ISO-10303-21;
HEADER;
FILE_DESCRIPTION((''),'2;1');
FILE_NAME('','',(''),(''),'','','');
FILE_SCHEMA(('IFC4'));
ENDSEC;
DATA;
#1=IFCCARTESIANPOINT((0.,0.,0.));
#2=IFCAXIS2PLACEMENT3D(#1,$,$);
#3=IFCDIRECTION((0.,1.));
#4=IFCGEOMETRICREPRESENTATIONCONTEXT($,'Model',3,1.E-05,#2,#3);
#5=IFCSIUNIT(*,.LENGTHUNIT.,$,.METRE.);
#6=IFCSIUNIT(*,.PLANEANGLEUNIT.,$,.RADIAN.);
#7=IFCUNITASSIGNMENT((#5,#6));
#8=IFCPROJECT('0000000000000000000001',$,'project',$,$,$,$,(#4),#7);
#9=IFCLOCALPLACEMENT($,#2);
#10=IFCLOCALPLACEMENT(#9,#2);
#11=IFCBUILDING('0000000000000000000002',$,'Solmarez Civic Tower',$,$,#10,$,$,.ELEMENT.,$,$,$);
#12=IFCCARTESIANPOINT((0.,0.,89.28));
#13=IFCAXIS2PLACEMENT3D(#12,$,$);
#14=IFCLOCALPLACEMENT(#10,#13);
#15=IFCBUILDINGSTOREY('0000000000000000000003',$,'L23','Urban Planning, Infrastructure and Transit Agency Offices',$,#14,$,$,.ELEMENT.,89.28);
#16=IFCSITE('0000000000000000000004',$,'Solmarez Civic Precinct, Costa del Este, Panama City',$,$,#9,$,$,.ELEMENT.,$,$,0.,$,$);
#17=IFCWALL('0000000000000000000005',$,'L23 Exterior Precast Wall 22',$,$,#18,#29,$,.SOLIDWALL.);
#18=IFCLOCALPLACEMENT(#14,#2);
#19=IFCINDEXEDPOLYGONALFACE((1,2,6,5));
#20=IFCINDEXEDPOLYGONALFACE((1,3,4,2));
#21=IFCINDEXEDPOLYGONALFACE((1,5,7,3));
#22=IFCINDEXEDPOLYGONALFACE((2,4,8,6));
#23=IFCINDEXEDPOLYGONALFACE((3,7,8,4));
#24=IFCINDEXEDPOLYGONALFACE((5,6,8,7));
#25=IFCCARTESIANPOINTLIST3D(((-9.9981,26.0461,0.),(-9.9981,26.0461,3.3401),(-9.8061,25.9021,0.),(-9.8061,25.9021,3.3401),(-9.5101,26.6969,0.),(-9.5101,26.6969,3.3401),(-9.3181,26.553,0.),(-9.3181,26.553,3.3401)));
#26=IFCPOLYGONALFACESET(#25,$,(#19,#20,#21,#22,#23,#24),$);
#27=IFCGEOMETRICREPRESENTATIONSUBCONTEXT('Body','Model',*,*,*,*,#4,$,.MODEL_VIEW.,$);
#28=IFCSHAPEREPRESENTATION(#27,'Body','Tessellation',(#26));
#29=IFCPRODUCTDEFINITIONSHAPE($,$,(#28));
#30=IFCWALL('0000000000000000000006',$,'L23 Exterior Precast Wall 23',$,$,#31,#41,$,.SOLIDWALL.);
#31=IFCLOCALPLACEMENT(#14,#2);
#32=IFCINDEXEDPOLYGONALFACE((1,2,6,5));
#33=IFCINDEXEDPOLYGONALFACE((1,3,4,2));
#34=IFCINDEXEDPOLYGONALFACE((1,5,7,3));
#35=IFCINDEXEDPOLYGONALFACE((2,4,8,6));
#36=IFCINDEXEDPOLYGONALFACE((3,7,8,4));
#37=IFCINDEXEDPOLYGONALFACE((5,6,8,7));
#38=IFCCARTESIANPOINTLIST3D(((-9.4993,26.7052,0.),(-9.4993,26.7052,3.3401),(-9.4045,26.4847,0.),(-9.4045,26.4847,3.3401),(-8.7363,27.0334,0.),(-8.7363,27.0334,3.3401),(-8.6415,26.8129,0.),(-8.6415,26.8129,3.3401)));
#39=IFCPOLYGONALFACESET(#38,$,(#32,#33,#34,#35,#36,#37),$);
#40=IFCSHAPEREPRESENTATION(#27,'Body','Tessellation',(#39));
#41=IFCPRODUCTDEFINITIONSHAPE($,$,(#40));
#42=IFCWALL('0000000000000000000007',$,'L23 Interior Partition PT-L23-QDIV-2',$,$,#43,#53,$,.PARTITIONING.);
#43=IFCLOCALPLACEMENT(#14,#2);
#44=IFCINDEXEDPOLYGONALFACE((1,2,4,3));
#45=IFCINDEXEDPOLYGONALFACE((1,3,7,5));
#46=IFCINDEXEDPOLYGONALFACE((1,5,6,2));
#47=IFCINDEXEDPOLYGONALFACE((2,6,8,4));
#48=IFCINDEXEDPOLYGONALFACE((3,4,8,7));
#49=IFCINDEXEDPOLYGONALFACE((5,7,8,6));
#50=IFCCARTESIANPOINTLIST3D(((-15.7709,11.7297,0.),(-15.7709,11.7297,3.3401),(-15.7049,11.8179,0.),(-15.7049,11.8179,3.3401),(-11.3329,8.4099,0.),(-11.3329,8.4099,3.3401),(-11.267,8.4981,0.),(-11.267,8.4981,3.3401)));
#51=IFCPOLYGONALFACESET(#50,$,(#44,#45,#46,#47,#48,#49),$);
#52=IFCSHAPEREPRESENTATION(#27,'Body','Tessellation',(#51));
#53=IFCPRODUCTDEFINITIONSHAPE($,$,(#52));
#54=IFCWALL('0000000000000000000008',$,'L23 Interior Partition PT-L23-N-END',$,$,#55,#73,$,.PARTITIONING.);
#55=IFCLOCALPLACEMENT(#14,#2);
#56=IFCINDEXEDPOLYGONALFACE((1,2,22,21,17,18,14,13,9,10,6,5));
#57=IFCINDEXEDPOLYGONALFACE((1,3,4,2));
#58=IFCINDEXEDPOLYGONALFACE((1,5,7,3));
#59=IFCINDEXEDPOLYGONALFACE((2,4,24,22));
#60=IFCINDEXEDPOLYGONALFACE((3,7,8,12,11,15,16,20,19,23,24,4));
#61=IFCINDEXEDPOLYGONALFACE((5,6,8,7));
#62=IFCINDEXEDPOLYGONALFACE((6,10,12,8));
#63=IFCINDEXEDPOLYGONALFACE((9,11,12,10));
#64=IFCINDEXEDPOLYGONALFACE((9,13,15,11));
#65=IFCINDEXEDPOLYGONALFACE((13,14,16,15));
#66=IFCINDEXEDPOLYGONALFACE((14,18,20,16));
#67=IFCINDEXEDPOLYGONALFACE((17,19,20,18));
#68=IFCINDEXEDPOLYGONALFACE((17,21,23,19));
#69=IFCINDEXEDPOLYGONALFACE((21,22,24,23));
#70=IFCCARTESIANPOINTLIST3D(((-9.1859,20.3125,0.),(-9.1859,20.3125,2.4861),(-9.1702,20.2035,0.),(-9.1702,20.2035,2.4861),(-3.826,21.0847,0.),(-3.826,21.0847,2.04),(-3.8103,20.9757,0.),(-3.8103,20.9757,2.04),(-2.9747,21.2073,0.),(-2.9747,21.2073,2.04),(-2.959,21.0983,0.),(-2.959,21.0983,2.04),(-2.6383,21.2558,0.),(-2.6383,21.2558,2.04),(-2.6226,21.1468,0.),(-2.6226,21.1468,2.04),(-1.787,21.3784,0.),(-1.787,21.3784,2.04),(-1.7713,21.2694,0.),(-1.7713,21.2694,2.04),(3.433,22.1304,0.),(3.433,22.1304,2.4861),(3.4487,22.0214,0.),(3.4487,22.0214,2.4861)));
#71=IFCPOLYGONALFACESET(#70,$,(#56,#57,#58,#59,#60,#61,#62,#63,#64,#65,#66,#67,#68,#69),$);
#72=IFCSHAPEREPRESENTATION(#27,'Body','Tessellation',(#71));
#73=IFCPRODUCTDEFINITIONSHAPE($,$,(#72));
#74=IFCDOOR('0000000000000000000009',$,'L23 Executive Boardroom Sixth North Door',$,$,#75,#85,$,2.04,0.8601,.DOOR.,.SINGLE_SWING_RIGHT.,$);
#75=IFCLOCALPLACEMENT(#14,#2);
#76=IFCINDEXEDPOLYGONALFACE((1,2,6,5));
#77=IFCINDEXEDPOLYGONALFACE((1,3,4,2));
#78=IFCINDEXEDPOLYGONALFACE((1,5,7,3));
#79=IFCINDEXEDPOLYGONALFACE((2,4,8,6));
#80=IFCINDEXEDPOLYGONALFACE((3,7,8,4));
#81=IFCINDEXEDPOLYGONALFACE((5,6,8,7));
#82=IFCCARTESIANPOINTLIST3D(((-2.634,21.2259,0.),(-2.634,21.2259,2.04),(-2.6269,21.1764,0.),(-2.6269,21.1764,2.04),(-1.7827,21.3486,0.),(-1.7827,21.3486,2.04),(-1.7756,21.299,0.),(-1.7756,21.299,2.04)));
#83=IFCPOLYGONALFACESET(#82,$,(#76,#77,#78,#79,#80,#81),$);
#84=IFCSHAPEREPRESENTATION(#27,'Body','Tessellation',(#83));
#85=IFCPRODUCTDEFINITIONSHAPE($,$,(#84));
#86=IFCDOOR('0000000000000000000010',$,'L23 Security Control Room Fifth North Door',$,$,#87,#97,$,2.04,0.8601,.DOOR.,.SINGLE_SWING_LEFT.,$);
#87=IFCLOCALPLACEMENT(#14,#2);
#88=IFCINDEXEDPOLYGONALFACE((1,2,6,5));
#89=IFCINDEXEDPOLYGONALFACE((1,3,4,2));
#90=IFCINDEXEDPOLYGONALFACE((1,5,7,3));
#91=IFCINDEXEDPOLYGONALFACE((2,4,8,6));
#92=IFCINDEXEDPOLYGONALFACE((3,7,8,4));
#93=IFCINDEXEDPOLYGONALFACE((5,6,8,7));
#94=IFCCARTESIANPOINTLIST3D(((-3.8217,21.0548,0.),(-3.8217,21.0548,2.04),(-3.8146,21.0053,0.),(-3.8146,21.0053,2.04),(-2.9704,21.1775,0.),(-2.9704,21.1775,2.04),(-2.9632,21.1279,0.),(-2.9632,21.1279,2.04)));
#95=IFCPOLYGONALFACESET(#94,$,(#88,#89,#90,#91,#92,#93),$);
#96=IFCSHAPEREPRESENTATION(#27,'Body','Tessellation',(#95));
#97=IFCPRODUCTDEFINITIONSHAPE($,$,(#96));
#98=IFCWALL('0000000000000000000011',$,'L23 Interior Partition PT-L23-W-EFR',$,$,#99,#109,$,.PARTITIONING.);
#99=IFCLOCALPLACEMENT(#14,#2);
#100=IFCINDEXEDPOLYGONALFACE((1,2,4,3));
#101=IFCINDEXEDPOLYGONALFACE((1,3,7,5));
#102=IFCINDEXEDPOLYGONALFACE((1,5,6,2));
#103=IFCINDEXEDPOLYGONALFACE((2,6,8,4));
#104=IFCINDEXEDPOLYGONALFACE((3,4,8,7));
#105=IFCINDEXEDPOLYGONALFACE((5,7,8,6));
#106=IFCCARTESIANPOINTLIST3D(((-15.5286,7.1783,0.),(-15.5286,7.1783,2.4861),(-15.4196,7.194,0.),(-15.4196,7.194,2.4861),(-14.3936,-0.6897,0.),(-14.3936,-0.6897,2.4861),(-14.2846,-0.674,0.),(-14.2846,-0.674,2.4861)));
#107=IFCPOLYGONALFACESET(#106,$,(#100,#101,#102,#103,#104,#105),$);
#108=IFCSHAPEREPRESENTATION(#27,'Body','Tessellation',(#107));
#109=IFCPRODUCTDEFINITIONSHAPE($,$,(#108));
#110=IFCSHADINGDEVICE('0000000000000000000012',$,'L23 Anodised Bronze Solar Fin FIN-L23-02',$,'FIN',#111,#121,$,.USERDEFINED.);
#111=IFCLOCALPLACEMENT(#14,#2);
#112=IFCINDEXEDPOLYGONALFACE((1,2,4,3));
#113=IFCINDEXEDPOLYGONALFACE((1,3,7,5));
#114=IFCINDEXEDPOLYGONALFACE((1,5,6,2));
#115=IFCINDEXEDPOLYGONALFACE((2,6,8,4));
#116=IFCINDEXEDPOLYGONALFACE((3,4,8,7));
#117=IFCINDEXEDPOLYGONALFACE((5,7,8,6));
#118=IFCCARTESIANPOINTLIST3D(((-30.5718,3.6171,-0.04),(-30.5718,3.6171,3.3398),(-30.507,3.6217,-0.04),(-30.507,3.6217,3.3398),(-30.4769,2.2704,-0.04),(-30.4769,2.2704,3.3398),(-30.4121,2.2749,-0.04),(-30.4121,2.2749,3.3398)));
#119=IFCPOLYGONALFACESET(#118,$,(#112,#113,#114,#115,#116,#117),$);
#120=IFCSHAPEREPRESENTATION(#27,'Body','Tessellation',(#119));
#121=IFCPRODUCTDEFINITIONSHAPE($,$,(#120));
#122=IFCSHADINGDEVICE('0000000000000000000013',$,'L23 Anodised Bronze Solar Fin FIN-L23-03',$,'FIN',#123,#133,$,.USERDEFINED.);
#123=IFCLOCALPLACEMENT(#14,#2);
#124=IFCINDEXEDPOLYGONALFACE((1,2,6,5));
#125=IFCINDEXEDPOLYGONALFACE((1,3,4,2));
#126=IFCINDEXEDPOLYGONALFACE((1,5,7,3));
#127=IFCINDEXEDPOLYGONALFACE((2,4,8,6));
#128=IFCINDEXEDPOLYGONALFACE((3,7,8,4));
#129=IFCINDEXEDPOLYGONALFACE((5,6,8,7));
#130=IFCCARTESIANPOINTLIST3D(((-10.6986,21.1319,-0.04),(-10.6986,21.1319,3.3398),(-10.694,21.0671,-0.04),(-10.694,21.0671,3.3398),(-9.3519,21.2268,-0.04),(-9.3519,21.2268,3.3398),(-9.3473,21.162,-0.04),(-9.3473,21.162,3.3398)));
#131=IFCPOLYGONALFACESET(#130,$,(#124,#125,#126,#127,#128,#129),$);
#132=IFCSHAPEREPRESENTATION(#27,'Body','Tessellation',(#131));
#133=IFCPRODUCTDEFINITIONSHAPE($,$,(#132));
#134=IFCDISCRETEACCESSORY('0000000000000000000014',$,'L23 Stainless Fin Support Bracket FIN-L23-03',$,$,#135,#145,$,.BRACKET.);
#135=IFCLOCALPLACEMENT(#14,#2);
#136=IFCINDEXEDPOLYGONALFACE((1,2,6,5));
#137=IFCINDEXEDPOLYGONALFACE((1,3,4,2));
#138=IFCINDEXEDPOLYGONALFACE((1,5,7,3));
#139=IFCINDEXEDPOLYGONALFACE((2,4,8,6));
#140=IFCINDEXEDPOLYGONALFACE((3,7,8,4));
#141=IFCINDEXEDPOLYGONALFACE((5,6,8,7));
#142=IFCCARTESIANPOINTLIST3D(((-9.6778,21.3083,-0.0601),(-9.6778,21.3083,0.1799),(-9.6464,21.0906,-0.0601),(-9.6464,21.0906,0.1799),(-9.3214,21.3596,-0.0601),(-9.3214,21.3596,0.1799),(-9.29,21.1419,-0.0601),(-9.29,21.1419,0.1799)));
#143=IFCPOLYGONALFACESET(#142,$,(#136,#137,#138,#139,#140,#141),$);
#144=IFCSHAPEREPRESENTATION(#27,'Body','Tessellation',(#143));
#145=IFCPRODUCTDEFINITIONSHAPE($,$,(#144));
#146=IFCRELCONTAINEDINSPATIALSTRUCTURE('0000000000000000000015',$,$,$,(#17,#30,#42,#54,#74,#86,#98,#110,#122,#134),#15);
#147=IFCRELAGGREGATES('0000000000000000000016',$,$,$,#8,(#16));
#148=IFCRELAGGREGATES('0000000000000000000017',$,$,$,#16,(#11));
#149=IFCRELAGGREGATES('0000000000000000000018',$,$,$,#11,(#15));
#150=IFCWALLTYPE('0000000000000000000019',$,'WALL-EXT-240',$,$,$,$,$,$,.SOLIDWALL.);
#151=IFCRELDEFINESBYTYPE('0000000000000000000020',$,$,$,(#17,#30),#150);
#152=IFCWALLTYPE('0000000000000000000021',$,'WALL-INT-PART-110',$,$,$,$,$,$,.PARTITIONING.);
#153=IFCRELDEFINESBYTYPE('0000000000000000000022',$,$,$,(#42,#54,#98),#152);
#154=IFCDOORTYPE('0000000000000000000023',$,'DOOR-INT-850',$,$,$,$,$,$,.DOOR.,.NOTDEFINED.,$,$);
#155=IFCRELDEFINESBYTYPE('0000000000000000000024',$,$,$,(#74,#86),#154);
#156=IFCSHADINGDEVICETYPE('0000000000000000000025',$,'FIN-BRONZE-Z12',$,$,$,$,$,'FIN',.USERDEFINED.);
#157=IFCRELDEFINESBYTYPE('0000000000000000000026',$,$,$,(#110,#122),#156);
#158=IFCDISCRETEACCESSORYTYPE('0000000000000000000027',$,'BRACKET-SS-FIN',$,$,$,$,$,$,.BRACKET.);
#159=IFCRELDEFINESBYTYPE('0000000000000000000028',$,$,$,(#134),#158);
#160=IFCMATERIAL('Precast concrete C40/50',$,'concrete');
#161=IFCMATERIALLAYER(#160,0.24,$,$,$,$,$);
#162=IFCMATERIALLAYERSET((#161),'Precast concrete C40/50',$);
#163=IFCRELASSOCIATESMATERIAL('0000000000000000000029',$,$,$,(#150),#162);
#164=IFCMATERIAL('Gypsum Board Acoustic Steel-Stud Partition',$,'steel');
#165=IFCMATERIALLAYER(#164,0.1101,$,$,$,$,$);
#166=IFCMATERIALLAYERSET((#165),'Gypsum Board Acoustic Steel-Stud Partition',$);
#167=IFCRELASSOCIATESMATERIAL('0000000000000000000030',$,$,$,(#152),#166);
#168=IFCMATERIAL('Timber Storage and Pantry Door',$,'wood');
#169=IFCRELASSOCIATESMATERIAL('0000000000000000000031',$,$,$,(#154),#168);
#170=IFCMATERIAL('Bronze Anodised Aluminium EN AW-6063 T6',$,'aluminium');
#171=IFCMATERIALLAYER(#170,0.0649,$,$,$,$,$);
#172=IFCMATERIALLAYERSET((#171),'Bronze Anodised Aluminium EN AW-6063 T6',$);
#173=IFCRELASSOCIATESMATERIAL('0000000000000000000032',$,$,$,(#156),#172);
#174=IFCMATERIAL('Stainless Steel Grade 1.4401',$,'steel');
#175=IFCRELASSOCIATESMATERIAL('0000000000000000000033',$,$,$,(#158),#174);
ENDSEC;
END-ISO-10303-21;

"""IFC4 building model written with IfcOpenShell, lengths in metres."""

from ifc_helpers import new_model, si_unit, direction, frame, frame_2d, origin, origin_2d, place, context, subcontext, project, spatial, rectangle, extrude, material, layer, layer_set, type_object, element, fill, save


model = new_model("IFC4")

# Units and contexts
model_context = context("Model", 3, precision=1e-05, world=origin(), true_north=direction((0.0, 1.0)))
body_context = subcontext(model_context, "Body", "Model", "MODEL_VIEW")
ifc_project = project(units=[si_unit("LENGTHUNIT", "METRE"), si_unit("PLANEANGLEUNIT", "RADIAN")], contexts=[model_context])

# Site, building, storey
site_placement = place(None, origin())
site = spatial("IfcSite", under=ifc_project, at=site_placement, Name="Solmarez Civic Precinct, Costa del Este, Panama City", CompositionType="ELEMENT", RefElevation=0.0)
building_placement = place(site_placement, origin())
building = spatial("IfcBuilding", under=site, at=building_placement, Name="Solmarez Civic Tower", CompositionType="ELEMENT")
storey_placement = place(building_placement, frame((0.0, 0.0, 89.28)))
storey = spatial("IfcBuildingStorey", under=building, at=storey_placement, Name="L23", Description="Urban Planning, Infrastructure and Transit Agency Offices", CompositionType="ELEMENT", Elevation=89.28)

# Walls
ifc_material_1 = material(Name="Precast concrete C40/50", Category="concrete")
ifc_layer_1 = layer(ifc_material_1, 0.24)
ifc_layer_set_1 = layer_set([ifc_layer_1], Name="Precast concrete C40/50")
wall_type_1 = type_object("IfcWallType", Name="WALL-EXT-240", PredefinedType="SOLIDWALL", material=ifc_layer_set_1)
wall_1_placement = place(storey_placement, frame((-9.9021, 25.9741, 0.0), z_axis=(0.0, 0.0, 1.0), x_axis=(0.599904, 0.800072, 0.0)))
element("IfcWall", 1, at=wall_1_placement, inside=storey, type_object=wall_type_1, Name="L23 Exterior Precast Wall 22", PredefinedType="SOLIDWALL", context=body_context, shape_type="SweptSolid", body=[
    extrude(rectangle(XDim=0.8135, YDim=0.24, at=frame_2d((0.4067, 0.0))), origin(), (0.0, 0.0, 1.0), 3.3401),
])
wall_2_placement = place(storey_placement, frame((-9.4519, 26.595, 0.0), z_axis=(0.0, 0.0, 1.0), x_axis=(0.918643, 0.39509, 0.0)))
element("IfcWall", 2, at=wall_2_placement, inside=storey, type_object=wall_type_1, Name="L23 Exterior Precast Wall 23", PredefinedType="SOLIDWALL", context=body_context, shape_type="SweptSolid", body=[
    extrude(rectangle(XDim=0.8306, YDim=0.24, at=frame_2d((0.4153, 0.0))), origin(), (0.0, 0.0, 1.0), 3.3401),
])
ifc_material_2 = material(Name="Gypsum Board Acoustic Steel-Stud Partition", Category="steel")
ifc_layer_2 = layer(ifc_material_2, 0.1101)
ifc_layer_set_2 = layer_set([ifc_layer_2], Name="Gypsum Board Acoustic Steel-Stud Partition")
wall_type_2 = type_object("IfcWallType", Name="WALL-INT-PART-110", PredefinedType="PARTITIONING", material=ifc_layer_set_2)
wall_3_placement = place(storey_placement, frame((-11.3, 8.4541, 0.0), z_axis=(0.0, 0.0, 1.0), x_axis=(-0.80075, 0.598999, 0.0)))
element("IfcWall", 3, at=wall_3_placement, inside=storey, type_object=wall_type_2, Name="L23 Interior Partition PT-L23-QDIV-2", PredefinedType="PARTITIONING", context=body_context, shape_type="SweptSolid", body=[
    extrude(rectangle(XDim=5.5422, YDim=0.1101, at=frame_2d((2.771, 0.0))), origin(), (0.0, 0.0, 1.0), 3.3401),
])

# Wall, openings, doors
wall_4_placement = place(storey_placement, frame((-9.178, 20.2581, 0.0), z_axis=(0.0, 0.0, 1.0), x_axis=(0.989782, 0.142587, 0.0)))
wall_4 = element("IfcWall", 4, at=wall_4_placement, inside=storey, type_object=wall_type_2, Name="L23 Interior Partition PT-L23-N-END", PredefinedType="PARTITIONING", context=body_context, shape_type="SweptSolid", body=[
    extrude(rectangle(XDim=12.7493, YDim=0.1101, at=frame_2d((6.3745, 0.0))), origin(), (0.0, 0.0, 1.0), 2.4861),
])
opening_1_placement = place(wall_4_placement, frame((6.615, 0.0, 0.0)))
opening_1 = element("IfcOpeningElement", 5, at=opening_1_placement, cuts=wall_4, PredefinedType="OPENING", context=body_context, shape_type="SweptSolid", body=[
    extrude(rectangle(XDim=0.8601, YDim=2.04, at=frame_2d((0.4302, 1.02))), frame((0.0, 0.0649, 0.0), z_axis=(0.0, -1.0, 0.0), x_axis=(1.0, 0.0, 0.0)), (0.0, 0.0, 1.0), 0.1301),
])
opening_2_placement = place(wall_4_placement, frame((5.415, 0.0, 0.0)))
opening_2 = element("IfcOpeningElement", 6, at=opening_2_placement, cuts=wall_4, PredefinedType="OPENING", context=body_context, shape_type="SweptSolid", body=[
    extrude(rectangle(XDim=0.8601, YDim=2.04, at=frame_2d((0.4302, 1.02))), frame((0.0, 0.0649, 0.0), z_axis=(0.0, -1.0, 0.0), x_axis=(1.0, 0.0, 0.0)), (0.0, 0.0, 1.0), 0.1301),
])
ifc_material_3 = material(Name="Timber Storage and Pantry Door", Category="wood")
door_type = type_object("IfcDoorType", Name="DOOR-INT-850", OperationType="NOTDEFINED", PredefinedType="DOOR", material=ifc_material_3)
door_1_placement = place(opening_1_placement, origin())
door_1 = element("IfcDoor", 7, at=door_1_placement, inside=storey, type_object=door_type, Name="L23 Executive Boardroom Sixth North Door", OperationType="SINGLE_SWING_RIGHT", OverallHeight=2.04, OverallWidth=0.8601, PredefinedType="DOOR", context=body_context, shape_type="SweptSolid", body=[
    extrude(rectangle(XDim=0.8601, YDim=2.04, at=frame_2d((0.4302, 1.02))), frame((0.0, 0.0249, 0.0), z_axis=(0.0, -1.0, 0.0), x_axis=(1.0, 0.0, 0.0)), (0.0, 0.0, 1.0), 0.05),
])
fill(opening_1, door_1)
door_2_placement = place(opening_2_placement, origin())
door_2 = element("IfcDoor", 8, at=door_2_placement, inside=storey, type_object=door_type, Name="L23 Security Control Room Fifth North Door", OperationType="SINGLE_SWING_LEFT", OverallHeight=2.04, OverallWidth=0.8601, PredefinedType="DOOR", context=body_context, shape_type="SweptSolid", body=[
    extrude(rectangle(XDim=0.8601, YDim=2.04, at=frame_2d((0.4302, 1.02))), frame((0.0, 0.0249, 0.0), z_axis=(0.0, -1.0, 0.0), x_axis=(1.0, 0.0, 0.0)), (0.0, 0.0, 1.0), 0.05),
])
fill(opening_2, door_2)

# Wall
wall_5_placement = place(storey_placement, frame((-15.4741, 7.186, 0.0), z_axis=(0.0, 0.0, 1.0), x_axis=(0.14278, -0.989754, 0.0)))
element("IfcWall", 9, at=wall_5_placement, inside=storey, type_object=wall_type_2, Name="L23 Interior Partition PT-L23-W-EFR", PredefinedType="PARTITIONING", context=body_context, shape_type="SweptSolid", body=[
    extrude(rectangle(XDim=7.9495, YDim=0.1101, at=frame_2d((3.9746, 0.0))), origin(), (0.0, 0.0, 1.0), 2.4861),
])

# Shading devices
ifc_material_4 = material(Name="Bronze Anodised Aluminium EN AW-6063 T6", Category="aluminium")
ifc_layer_3 = layer(ifc_material_4, 0.0649)
ifc_layer_set_3 = layer_set([ifc_layer_3], Name="Bronze Anodised Aluminium EN AW-6063 T6")
shading_device_type = type_object("IfcShadingDeviceType", Name="FIN-BRONZE-Z12", ElementType="FIN", PredefinedType="USERDEFINED", material=ifc_layer_set_3)
for number, where, z_axis, x_axis, name in (
    (10, (-30.4919, 2.946, -0.04), (0.0, 0.0, 1.0), (-0.070296, 0.997526, 0.0), "L23 Anodised Bronze Solar Fin FIN-L23-02"),
    (11, (-10.0229, 21.147, -0.04), (0.0, 0.0, 1.0), (-0.997526, -0.070296, 0.0), "L23 Anodised Bronze Solar Fin FIN-L23-03"),
):
    element("IfcShadingDevice", number, at=place(storey_placement, frame(where, z_axis=z_axis, x_axis=x_axis)), inside=storey, type_object=shading_device_type, Name=name, ObjectType="FIN", PredefinedType="USERDEFINED", context=body_context, shape_type="SweptSolid", body=[
        extrude(rectangle(XDim=1.3501, YDim=0.0649, at=origin_2d()), origin(), (0.0, 0.0, 1.0), 3.3799),
    ])

# Discrete accessory
ifc_material_5 = material(Name="Stainless Steel Grade 1.4401", Category="steel")
discrete_accessory_type = type_object("IfcDiscreteAccessoryType", Name="BRACKET-SS-FIN", PredefinedType="BRACKET", material=ifc_material_5)
discrete_accessory_placement = place(storey_placement, frame((-9.4839, 21.2251, -0.0601), z_axis=(0.0, 0.0, 1.0), x_axis=(-0.989776, -0.142628, 0.0)))
element("IfcDiscreteAccessory", 12, at=discrete_accessory_placement, inside=storey, type_object=discrete_accessory_type, Name="L23 Stainless Fin Support Bracket FIN-L23-03", PredefinedType="BRACKET", context=body_context, shape_type="SweptSolid", body=[
    extrude(rectangle(XDim=0.3601, YDim=0.22, at=origin_2d()), origin(), (0.0, 0.0, 1.0), 0.24),
])

save(model, "model.ifc")
